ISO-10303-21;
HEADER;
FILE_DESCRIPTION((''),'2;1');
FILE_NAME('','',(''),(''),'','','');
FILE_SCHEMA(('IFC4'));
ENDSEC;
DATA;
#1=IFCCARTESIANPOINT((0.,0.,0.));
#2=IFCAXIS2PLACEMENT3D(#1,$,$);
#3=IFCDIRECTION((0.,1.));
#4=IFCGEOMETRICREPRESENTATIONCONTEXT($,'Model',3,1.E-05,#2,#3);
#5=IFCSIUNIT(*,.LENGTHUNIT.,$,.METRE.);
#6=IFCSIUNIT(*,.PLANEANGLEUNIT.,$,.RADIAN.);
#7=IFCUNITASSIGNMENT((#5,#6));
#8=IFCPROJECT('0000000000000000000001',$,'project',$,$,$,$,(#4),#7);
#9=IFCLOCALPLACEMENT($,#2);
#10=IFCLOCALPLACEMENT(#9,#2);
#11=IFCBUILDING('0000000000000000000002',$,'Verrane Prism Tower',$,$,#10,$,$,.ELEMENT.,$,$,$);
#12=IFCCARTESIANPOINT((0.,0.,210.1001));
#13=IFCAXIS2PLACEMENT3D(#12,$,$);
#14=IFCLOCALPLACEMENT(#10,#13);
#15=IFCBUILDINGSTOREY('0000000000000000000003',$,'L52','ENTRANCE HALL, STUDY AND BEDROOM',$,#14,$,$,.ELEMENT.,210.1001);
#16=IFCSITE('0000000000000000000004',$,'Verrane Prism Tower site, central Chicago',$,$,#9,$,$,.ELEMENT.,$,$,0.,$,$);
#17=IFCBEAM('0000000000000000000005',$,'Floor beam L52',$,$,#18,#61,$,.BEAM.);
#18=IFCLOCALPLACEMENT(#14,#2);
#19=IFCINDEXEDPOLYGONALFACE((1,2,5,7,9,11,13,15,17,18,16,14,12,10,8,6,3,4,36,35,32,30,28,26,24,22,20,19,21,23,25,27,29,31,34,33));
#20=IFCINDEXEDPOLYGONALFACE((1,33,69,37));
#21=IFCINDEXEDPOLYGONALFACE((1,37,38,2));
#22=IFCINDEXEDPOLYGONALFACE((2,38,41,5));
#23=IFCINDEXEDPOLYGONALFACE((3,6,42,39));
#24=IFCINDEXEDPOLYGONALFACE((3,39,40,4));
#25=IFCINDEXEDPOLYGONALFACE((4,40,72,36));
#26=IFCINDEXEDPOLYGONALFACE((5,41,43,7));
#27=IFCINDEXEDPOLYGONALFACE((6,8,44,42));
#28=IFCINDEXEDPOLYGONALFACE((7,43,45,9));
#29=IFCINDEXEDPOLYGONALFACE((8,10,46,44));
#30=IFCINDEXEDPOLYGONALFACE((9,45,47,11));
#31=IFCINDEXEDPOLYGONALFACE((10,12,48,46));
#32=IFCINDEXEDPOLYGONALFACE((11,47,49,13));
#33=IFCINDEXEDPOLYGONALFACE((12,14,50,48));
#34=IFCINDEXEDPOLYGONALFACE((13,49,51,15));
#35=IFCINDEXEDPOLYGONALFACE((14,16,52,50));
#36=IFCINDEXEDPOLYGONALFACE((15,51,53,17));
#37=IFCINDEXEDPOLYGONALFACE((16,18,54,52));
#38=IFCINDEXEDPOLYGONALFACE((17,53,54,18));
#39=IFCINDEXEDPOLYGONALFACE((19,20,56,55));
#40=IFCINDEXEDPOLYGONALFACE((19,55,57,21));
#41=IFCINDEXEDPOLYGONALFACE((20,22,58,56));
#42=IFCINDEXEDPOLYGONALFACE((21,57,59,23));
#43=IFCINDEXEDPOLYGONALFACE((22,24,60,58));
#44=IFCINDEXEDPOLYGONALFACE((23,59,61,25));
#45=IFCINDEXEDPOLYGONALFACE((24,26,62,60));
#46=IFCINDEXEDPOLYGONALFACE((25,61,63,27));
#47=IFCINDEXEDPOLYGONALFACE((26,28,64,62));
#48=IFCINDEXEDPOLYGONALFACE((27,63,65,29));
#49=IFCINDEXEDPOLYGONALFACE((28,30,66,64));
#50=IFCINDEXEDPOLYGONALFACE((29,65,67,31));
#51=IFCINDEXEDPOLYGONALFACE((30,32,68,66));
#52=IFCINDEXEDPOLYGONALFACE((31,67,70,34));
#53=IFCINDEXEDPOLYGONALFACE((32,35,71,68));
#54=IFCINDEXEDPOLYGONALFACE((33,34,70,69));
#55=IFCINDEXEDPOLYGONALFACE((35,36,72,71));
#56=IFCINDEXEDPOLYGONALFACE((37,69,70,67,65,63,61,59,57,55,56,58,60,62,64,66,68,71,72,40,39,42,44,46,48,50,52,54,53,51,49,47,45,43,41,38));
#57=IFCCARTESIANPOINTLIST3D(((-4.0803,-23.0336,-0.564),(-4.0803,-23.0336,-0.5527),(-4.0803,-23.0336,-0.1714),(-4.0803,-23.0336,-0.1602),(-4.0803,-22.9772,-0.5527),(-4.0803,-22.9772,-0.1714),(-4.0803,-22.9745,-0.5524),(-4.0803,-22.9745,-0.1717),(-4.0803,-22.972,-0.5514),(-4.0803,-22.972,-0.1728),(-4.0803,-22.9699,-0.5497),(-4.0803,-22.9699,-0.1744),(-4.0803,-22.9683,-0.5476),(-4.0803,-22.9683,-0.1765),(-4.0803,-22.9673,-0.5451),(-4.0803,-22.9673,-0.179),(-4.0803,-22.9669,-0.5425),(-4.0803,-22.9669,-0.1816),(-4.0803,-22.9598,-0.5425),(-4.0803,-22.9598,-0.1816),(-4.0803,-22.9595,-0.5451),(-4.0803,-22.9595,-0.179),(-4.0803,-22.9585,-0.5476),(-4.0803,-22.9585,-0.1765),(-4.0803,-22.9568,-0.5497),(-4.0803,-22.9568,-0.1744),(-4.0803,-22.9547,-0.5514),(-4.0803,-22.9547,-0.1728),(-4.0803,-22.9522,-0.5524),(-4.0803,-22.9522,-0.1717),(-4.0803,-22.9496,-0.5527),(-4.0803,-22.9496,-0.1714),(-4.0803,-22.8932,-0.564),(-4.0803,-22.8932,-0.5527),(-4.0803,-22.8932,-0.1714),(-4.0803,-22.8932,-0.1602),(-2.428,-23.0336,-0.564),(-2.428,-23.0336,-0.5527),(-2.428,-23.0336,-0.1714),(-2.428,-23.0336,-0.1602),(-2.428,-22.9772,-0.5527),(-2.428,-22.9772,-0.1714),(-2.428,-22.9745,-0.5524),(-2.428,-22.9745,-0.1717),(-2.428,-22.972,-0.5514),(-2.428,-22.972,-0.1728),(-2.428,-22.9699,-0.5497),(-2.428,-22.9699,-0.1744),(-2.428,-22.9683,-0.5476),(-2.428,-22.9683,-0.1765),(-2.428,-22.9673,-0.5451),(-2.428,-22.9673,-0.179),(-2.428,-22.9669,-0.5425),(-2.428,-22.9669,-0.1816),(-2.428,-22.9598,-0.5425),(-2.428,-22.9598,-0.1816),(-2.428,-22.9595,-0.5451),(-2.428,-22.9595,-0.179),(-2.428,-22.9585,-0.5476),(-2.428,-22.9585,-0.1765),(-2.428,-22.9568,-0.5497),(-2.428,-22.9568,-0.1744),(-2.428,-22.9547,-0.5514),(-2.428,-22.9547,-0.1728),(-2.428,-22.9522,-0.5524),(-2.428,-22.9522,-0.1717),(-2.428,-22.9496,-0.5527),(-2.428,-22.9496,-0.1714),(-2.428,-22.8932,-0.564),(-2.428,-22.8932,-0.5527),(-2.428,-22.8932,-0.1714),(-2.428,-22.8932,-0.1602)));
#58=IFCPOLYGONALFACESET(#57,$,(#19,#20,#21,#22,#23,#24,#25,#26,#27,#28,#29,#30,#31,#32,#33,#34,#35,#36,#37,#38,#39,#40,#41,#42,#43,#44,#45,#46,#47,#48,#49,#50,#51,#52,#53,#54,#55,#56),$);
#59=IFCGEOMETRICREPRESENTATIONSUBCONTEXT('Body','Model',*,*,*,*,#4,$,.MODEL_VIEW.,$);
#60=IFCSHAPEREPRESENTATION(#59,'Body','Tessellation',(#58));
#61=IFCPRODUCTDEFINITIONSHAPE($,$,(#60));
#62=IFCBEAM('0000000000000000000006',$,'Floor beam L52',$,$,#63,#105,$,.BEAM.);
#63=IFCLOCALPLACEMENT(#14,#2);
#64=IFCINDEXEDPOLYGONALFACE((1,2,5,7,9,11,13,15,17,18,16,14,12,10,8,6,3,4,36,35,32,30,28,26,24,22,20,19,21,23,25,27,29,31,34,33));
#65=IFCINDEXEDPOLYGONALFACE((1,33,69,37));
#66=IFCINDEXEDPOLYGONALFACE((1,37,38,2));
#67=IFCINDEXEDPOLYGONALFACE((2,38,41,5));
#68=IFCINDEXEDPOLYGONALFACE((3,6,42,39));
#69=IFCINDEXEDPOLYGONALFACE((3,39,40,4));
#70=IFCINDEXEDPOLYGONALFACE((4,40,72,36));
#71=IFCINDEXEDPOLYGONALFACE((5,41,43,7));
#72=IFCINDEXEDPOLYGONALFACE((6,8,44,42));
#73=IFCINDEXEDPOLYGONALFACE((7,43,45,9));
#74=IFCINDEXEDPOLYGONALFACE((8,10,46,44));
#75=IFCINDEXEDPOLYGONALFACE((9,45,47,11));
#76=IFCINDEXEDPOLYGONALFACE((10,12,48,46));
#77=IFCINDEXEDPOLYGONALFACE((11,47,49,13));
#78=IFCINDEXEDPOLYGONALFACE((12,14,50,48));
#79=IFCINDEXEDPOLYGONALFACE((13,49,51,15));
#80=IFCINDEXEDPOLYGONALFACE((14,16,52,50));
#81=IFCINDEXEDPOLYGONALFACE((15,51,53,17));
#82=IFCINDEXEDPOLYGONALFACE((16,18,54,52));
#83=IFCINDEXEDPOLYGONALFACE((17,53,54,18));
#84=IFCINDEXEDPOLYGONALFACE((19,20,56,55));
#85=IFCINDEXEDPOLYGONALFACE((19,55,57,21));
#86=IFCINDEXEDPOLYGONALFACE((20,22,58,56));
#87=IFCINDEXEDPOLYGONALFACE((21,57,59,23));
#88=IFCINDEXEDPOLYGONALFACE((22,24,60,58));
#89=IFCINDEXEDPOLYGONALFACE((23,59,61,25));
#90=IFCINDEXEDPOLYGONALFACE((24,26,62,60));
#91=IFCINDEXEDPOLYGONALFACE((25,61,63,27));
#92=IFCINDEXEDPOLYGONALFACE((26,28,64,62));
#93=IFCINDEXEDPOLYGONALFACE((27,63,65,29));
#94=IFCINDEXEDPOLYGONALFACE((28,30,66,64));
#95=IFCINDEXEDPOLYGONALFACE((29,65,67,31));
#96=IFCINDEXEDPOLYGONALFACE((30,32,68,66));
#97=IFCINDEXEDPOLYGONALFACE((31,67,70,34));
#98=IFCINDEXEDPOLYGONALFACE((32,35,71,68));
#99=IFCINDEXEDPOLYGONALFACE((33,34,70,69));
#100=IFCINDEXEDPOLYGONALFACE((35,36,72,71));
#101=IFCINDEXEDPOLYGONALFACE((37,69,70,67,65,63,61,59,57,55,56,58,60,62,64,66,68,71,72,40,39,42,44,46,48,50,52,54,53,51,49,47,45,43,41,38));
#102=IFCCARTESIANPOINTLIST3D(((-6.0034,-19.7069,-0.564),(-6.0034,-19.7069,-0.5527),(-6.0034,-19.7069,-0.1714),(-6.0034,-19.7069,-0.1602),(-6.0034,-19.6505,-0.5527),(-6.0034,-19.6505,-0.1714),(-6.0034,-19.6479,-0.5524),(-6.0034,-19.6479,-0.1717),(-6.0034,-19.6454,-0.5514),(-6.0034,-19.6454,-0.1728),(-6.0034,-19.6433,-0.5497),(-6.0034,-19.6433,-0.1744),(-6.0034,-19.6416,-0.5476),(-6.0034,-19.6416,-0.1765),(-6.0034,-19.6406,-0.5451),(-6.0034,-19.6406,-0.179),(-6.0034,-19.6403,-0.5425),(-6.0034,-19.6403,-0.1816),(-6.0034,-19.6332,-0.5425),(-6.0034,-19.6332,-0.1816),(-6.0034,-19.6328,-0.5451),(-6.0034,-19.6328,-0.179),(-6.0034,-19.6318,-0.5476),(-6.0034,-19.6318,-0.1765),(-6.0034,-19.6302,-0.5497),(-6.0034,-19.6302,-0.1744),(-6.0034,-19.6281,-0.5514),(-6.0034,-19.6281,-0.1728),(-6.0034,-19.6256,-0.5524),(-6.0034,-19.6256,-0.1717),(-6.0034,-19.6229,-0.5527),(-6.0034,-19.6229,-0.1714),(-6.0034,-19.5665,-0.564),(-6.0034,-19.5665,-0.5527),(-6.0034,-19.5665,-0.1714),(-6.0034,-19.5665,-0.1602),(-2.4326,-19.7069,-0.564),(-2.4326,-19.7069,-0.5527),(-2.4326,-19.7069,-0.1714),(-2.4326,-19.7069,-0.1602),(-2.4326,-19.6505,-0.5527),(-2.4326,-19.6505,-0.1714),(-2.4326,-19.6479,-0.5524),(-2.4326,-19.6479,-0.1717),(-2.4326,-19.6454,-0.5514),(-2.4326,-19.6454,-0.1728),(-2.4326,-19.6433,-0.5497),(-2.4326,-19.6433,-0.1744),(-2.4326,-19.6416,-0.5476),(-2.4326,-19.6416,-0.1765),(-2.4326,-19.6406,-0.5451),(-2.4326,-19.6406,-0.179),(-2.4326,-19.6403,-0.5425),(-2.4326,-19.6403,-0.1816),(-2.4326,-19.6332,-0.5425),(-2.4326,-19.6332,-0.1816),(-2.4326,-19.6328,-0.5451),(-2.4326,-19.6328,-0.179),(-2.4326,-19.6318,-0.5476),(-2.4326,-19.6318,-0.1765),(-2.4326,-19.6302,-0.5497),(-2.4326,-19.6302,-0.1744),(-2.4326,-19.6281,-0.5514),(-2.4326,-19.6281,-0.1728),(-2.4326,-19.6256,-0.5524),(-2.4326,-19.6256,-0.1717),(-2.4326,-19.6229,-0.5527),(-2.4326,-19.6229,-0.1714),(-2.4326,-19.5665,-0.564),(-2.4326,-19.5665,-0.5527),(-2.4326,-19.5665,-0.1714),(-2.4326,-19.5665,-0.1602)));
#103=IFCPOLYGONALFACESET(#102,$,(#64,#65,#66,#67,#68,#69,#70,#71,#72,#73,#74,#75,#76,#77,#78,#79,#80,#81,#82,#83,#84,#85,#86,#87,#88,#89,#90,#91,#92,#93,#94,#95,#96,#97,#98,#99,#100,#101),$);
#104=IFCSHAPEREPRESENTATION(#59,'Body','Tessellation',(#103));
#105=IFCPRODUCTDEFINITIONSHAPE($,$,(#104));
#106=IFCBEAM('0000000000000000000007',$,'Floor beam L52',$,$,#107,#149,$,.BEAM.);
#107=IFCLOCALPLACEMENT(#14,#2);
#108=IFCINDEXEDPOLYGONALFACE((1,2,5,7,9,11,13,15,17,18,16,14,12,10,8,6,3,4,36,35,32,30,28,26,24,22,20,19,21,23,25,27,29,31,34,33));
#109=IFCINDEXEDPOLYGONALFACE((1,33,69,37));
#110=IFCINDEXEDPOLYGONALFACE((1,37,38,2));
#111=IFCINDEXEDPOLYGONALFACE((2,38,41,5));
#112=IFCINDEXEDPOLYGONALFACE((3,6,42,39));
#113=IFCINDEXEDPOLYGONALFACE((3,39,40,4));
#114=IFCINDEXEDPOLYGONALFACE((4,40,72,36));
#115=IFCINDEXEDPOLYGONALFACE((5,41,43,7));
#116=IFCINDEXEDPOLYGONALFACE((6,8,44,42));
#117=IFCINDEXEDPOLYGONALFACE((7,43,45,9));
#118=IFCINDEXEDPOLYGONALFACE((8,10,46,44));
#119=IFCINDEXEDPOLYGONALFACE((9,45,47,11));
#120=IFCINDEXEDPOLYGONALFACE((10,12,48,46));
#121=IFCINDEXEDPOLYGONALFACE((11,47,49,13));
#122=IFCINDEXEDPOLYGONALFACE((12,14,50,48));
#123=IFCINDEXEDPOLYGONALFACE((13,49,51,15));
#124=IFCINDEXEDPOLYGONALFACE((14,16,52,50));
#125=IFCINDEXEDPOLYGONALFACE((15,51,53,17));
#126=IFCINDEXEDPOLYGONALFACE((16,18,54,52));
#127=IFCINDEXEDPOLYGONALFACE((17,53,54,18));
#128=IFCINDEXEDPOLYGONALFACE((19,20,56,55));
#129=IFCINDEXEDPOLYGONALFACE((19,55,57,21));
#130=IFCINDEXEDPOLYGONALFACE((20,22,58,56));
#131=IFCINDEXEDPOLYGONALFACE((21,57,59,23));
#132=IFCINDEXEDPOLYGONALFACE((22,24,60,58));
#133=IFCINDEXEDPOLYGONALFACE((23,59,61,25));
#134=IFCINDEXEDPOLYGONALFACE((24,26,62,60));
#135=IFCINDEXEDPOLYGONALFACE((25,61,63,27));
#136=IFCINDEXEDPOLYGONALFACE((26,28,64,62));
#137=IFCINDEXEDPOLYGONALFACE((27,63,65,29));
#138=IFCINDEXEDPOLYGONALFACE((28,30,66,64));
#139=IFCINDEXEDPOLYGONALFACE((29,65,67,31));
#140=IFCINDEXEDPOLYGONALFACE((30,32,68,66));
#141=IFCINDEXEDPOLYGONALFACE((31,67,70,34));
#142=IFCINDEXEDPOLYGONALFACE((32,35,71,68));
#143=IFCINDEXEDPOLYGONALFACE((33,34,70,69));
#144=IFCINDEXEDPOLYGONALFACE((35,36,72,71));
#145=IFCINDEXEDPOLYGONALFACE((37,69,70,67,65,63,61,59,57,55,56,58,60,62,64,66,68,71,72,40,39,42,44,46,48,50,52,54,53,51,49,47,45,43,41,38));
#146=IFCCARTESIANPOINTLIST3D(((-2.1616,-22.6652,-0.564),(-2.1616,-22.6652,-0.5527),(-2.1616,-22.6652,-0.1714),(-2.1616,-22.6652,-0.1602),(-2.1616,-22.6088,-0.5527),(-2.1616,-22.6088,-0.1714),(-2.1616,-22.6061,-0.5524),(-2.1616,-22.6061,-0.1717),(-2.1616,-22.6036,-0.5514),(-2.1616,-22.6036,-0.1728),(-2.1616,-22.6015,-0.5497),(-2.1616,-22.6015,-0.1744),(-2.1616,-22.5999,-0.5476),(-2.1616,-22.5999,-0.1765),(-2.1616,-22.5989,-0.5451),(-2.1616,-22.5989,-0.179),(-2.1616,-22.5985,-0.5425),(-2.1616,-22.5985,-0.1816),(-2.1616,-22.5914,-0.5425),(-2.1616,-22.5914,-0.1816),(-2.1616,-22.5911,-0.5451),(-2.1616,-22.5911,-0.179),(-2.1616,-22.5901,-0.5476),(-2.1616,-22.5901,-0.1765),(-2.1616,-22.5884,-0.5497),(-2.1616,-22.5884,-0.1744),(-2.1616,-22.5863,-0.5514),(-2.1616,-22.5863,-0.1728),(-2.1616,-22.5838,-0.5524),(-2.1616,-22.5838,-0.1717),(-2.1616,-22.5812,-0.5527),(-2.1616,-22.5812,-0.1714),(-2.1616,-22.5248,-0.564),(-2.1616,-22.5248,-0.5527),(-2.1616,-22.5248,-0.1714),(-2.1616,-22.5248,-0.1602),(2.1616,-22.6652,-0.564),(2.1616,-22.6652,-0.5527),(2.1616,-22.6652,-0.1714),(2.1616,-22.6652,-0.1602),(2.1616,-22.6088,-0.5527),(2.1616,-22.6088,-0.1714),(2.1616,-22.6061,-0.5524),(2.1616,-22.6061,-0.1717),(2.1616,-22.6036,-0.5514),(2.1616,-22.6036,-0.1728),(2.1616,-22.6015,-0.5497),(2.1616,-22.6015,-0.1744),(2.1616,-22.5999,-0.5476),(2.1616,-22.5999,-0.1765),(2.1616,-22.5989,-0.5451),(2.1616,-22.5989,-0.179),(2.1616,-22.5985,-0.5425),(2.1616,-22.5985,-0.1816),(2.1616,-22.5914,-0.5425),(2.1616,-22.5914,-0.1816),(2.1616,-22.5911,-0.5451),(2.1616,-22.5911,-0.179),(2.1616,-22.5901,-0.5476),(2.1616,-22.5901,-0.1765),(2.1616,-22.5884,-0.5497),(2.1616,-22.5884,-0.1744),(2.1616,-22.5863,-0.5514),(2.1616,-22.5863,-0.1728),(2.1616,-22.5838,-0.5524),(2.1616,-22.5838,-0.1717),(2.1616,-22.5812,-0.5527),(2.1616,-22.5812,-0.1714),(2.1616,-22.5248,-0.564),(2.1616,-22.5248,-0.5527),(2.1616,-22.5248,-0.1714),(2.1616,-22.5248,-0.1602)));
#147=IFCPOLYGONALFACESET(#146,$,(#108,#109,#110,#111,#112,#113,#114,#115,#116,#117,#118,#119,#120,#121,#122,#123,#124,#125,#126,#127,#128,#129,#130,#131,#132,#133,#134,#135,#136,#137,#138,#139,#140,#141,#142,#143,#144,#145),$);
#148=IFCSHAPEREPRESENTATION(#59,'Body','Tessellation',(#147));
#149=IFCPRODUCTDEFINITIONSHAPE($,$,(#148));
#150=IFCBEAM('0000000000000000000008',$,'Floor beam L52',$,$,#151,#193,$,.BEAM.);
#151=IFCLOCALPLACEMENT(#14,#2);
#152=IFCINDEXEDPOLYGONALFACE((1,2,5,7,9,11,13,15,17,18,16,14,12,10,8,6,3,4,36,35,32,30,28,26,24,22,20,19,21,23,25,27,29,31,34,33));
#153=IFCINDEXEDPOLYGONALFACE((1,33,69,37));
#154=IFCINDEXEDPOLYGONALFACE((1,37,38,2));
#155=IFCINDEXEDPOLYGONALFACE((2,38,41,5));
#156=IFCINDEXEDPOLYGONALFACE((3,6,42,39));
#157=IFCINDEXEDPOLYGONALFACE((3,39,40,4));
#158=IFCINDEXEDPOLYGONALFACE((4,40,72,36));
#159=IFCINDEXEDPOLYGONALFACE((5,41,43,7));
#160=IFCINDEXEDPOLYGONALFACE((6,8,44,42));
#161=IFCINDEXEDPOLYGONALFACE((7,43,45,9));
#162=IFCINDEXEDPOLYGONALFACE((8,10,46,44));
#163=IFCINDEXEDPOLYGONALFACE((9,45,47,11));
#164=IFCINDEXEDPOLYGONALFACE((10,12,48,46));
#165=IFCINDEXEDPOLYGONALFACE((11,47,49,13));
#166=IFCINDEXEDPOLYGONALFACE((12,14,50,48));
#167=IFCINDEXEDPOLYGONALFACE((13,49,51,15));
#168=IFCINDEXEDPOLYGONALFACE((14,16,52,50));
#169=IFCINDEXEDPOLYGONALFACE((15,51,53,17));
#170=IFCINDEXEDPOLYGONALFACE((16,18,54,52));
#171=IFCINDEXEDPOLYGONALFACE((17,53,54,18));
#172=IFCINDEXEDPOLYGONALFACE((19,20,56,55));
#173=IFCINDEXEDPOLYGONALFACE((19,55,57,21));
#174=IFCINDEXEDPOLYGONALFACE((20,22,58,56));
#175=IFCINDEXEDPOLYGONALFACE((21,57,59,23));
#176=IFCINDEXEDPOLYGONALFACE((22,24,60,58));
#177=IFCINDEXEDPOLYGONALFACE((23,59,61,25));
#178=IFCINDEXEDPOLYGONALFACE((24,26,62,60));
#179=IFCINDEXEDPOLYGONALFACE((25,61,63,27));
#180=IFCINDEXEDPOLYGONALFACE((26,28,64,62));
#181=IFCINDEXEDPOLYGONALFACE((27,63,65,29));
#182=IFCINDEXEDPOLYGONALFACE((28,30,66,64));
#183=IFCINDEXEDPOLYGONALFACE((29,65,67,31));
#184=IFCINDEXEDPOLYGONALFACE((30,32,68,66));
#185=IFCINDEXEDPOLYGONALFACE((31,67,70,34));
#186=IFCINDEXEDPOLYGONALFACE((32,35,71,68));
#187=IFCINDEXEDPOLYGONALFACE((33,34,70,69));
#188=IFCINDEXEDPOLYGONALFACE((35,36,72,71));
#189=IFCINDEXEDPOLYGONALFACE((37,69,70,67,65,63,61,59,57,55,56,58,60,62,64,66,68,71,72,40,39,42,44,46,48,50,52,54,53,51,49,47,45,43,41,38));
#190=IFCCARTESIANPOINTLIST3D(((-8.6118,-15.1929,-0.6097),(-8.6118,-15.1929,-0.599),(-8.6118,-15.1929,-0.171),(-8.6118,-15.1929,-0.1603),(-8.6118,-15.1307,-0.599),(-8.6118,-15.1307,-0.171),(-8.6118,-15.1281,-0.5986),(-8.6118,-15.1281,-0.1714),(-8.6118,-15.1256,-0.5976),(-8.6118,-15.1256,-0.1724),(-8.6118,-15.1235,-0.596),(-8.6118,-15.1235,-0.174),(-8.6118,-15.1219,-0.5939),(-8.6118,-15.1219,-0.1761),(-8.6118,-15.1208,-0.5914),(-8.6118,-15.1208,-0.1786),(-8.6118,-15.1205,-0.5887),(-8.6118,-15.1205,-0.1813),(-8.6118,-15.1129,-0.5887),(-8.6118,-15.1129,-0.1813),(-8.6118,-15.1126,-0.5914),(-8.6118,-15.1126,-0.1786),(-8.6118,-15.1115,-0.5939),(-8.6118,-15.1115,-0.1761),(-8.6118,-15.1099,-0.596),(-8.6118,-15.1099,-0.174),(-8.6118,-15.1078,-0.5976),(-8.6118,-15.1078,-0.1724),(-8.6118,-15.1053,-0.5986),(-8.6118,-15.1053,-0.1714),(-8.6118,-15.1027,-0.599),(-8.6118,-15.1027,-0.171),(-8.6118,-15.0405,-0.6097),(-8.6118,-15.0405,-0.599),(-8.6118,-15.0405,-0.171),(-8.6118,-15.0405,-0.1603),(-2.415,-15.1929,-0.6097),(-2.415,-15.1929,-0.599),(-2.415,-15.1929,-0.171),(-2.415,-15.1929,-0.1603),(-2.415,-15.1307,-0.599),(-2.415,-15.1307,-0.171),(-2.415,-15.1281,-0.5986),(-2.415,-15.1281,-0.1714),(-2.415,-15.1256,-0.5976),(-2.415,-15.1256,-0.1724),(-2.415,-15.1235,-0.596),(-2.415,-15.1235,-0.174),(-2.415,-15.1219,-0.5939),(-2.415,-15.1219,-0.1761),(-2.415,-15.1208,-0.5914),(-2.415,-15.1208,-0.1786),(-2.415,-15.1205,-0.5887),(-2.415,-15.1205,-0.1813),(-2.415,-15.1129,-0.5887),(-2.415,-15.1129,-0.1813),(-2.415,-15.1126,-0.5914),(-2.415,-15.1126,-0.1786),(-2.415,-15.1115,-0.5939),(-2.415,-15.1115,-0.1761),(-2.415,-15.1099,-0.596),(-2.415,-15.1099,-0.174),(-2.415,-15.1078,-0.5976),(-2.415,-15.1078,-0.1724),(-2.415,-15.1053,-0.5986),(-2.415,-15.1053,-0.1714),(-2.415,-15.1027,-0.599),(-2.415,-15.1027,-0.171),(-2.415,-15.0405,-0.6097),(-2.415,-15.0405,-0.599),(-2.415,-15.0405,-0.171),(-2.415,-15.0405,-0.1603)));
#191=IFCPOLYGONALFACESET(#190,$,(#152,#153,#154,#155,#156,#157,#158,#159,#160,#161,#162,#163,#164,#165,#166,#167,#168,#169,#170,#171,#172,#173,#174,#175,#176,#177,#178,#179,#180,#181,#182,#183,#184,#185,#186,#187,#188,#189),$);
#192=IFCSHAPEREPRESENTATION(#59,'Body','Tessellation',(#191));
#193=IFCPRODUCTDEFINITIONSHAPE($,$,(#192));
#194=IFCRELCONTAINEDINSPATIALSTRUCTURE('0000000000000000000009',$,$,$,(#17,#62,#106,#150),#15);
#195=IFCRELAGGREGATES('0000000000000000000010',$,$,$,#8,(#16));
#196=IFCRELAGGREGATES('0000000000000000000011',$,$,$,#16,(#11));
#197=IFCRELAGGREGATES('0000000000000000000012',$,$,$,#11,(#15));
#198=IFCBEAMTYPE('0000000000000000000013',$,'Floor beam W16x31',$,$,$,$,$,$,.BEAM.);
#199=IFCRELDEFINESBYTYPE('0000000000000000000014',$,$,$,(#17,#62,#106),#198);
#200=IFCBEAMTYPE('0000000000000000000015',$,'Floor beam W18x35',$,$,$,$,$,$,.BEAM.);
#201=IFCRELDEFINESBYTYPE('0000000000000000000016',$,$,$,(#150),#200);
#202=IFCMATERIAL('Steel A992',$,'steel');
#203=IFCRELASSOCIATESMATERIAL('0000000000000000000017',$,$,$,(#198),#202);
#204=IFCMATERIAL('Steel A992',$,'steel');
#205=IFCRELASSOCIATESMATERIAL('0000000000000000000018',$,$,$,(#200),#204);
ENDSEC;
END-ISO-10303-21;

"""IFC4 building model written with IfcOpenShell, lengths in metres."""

from ifc_helpers import new_model, si_unit, direction, frame, origin, origin_2d, place, context, subcontext, project, spatial, i_section, extrude, material, material_profile, profile_set, type_object, element, save


model = new_model("IFC4")

# Units and contexts
model_context = context("Model", 3, precision=1e-05, world=origin(), true_north=direction((0.0, 1.0)))
body_context = subcontext(model_context, "Body", "Model", "MODEL_VIEW")
ifc_project = project(units=[si_unit("LENGTHUNIT", "METRE"), si_unit("PLANEANGLEUNIT", "RADIAN")], contexts=[model_context])

# Site, building, storey
site_placement = place(None, origin())
site = spatial("IfcSite", under=ifc_project, at=site_placement, Name="Verrane Prism Tower site, central Chicago", CompositionType="ELEMENT", RefElevation=0.0)
building_placement = place(site_placement, origin())
building = spatial("IfcBuilding", under=site, at=building_placement, Name="Verrane Prism Tower", CompositionType="ELEMENT")
storey_placement = place(building_placement, frame((0.0, 0.0, 210.1001)))
storey = spatial("IfcBuildingStorey", under=building, at=storey_placement, Name="L52", Description="ENTRANCE HALL, STUDY AND BEDROOM", CompositionType="ELEMENT", Elevation=210.1001)

# Beams
ifc_material_1 = material(Name="Steel A992", Category="steel")
ifc_material_profile_1 = material_profile(ifc_material_1, i_section(OverallWidth=0.1404, OverallDepth=0.4038, WebThickness=0.0071, FlangeThickness=0.0112, FilletRadius=0.0103, at=origin_2d()), Name="W16x31")
ifc_profile_set_1 = profile_set([ifc_material_profile_1], Name="Steel A992")
beam_type_1 = type_object("IfcBeamType", Name="Floor beam W16x31", PredefinedType="BEAM", material=ifc_profile_set_1)
beam_1_placement = place(storey_placement, frame((-4.0803, -22.9634, -0.3621), z_axis=(1.0, 0.0, 0.0), x_axis=(0.0, 1.0, 0.0)))
element("IfcBeam", 1, at=beam_1_placement, inside=storey, type_object=beam_type_1, Name="Floor beam L52", PredefinedType="BEAM", context=body_context, shape_type="SweptSolid", body=[
    extrude(i_section(OverallWidth=0.1404, OverallDepth=0.4038, WebThickness=0.0071, FlangeThickness=0.0112, FilletRadius=0.0103, at=origin_2d()), origin(), (0.0, 0.0, 1.0), 1.6523),
])
beam_2_placement = place(storey_placement, frame((-6.0034, -19.6367, -0.3621), z_axis=(1.0, 0.0, 0.0), x_axis=(0.0, 1.0, 0.0)))
element("IfcBeam", 2, at=beam_2_placement, inside=storey, type_object=beam_type_1, Name="Floor beam L52", PredefinedType="BEAM", context=body_context, shape_type="SweptSolid", body=[
    extrude(i_section(OverallWidth=0.1404, OverallDepth=0.4038, WebThickness=0.0071, FlangeThickness=0.0112, FilletRadius=0.0103, at=origin_2d()), origin(), (0.0, 0.0, 1.0), 3.5708),
])
beam_3_placement = place(storey_placement, frame((-2.1616, -22.595, -0.3621), z_axis=(1.0, 0.0, 0.0), x_axis=(0.0, 1.0, 0.0)))
element("IfcBeam", 3, at=beam_3_placement, inside=storey, type_object=beam_type_1, Name="Floor beam L52", PredefinedType="BEAM", context=body_context, shape_type="SweptSolid", body=[
    extrude(i_section(OverallWidth=0.1404, OverallDepth=0.4038, WebThickness=0.0071, FlangeThickness=0.0112, FilletRadius=0.0103, at=origin_2d()), origin(), (0.0, 0.0, 1.0), 4.3232),
])
ifc_material_2 = material(Name="Steel A992", Category="steel")
ifc_material_profile_2 = material_profile(ifc_material_2, i_section(OverallWidth=0.1523, OverallDepth=0.4495, WebThickness=0.0076, FlangeThickness=0.0107, FilletRadius=0.0103, at=origin_2d()), Name="W18x35")
ifc_profile_set_2 = profile_set([ifc_material_profile_2], Name="Steel A992")
beam_type_2 = type_object("IfcBeamType", Name="Floor beam W18x35", PredefinedType="BEAM", material=ifc_profile_set_2)
beam_4_placement = place(storey_placement, frame((-8.6118, -15.1167, -0.385), z_axis=(1.0, 0.0, 0.0), x_axis=(0.0, 1.0, 0.0)))
element("IfcBeam", 4, at=beam_4_placement, inside=storey, type_object=beam_type_2, Name="Floor beam L52", PredefinedType="BEAM", context=body_context, shape_type="SweptSolid", body=[
    extrude(i_section(OverallWidth=0.1523, OverallDepth=0.4495, WebThickness=0.0076, FlangeThickness=0.0107, FilletRadius=0.0103, at=origin_2d()), origin(), (0.0, 0.0, 1.0), 6.1968),
])

save(model, "model.ifc")
